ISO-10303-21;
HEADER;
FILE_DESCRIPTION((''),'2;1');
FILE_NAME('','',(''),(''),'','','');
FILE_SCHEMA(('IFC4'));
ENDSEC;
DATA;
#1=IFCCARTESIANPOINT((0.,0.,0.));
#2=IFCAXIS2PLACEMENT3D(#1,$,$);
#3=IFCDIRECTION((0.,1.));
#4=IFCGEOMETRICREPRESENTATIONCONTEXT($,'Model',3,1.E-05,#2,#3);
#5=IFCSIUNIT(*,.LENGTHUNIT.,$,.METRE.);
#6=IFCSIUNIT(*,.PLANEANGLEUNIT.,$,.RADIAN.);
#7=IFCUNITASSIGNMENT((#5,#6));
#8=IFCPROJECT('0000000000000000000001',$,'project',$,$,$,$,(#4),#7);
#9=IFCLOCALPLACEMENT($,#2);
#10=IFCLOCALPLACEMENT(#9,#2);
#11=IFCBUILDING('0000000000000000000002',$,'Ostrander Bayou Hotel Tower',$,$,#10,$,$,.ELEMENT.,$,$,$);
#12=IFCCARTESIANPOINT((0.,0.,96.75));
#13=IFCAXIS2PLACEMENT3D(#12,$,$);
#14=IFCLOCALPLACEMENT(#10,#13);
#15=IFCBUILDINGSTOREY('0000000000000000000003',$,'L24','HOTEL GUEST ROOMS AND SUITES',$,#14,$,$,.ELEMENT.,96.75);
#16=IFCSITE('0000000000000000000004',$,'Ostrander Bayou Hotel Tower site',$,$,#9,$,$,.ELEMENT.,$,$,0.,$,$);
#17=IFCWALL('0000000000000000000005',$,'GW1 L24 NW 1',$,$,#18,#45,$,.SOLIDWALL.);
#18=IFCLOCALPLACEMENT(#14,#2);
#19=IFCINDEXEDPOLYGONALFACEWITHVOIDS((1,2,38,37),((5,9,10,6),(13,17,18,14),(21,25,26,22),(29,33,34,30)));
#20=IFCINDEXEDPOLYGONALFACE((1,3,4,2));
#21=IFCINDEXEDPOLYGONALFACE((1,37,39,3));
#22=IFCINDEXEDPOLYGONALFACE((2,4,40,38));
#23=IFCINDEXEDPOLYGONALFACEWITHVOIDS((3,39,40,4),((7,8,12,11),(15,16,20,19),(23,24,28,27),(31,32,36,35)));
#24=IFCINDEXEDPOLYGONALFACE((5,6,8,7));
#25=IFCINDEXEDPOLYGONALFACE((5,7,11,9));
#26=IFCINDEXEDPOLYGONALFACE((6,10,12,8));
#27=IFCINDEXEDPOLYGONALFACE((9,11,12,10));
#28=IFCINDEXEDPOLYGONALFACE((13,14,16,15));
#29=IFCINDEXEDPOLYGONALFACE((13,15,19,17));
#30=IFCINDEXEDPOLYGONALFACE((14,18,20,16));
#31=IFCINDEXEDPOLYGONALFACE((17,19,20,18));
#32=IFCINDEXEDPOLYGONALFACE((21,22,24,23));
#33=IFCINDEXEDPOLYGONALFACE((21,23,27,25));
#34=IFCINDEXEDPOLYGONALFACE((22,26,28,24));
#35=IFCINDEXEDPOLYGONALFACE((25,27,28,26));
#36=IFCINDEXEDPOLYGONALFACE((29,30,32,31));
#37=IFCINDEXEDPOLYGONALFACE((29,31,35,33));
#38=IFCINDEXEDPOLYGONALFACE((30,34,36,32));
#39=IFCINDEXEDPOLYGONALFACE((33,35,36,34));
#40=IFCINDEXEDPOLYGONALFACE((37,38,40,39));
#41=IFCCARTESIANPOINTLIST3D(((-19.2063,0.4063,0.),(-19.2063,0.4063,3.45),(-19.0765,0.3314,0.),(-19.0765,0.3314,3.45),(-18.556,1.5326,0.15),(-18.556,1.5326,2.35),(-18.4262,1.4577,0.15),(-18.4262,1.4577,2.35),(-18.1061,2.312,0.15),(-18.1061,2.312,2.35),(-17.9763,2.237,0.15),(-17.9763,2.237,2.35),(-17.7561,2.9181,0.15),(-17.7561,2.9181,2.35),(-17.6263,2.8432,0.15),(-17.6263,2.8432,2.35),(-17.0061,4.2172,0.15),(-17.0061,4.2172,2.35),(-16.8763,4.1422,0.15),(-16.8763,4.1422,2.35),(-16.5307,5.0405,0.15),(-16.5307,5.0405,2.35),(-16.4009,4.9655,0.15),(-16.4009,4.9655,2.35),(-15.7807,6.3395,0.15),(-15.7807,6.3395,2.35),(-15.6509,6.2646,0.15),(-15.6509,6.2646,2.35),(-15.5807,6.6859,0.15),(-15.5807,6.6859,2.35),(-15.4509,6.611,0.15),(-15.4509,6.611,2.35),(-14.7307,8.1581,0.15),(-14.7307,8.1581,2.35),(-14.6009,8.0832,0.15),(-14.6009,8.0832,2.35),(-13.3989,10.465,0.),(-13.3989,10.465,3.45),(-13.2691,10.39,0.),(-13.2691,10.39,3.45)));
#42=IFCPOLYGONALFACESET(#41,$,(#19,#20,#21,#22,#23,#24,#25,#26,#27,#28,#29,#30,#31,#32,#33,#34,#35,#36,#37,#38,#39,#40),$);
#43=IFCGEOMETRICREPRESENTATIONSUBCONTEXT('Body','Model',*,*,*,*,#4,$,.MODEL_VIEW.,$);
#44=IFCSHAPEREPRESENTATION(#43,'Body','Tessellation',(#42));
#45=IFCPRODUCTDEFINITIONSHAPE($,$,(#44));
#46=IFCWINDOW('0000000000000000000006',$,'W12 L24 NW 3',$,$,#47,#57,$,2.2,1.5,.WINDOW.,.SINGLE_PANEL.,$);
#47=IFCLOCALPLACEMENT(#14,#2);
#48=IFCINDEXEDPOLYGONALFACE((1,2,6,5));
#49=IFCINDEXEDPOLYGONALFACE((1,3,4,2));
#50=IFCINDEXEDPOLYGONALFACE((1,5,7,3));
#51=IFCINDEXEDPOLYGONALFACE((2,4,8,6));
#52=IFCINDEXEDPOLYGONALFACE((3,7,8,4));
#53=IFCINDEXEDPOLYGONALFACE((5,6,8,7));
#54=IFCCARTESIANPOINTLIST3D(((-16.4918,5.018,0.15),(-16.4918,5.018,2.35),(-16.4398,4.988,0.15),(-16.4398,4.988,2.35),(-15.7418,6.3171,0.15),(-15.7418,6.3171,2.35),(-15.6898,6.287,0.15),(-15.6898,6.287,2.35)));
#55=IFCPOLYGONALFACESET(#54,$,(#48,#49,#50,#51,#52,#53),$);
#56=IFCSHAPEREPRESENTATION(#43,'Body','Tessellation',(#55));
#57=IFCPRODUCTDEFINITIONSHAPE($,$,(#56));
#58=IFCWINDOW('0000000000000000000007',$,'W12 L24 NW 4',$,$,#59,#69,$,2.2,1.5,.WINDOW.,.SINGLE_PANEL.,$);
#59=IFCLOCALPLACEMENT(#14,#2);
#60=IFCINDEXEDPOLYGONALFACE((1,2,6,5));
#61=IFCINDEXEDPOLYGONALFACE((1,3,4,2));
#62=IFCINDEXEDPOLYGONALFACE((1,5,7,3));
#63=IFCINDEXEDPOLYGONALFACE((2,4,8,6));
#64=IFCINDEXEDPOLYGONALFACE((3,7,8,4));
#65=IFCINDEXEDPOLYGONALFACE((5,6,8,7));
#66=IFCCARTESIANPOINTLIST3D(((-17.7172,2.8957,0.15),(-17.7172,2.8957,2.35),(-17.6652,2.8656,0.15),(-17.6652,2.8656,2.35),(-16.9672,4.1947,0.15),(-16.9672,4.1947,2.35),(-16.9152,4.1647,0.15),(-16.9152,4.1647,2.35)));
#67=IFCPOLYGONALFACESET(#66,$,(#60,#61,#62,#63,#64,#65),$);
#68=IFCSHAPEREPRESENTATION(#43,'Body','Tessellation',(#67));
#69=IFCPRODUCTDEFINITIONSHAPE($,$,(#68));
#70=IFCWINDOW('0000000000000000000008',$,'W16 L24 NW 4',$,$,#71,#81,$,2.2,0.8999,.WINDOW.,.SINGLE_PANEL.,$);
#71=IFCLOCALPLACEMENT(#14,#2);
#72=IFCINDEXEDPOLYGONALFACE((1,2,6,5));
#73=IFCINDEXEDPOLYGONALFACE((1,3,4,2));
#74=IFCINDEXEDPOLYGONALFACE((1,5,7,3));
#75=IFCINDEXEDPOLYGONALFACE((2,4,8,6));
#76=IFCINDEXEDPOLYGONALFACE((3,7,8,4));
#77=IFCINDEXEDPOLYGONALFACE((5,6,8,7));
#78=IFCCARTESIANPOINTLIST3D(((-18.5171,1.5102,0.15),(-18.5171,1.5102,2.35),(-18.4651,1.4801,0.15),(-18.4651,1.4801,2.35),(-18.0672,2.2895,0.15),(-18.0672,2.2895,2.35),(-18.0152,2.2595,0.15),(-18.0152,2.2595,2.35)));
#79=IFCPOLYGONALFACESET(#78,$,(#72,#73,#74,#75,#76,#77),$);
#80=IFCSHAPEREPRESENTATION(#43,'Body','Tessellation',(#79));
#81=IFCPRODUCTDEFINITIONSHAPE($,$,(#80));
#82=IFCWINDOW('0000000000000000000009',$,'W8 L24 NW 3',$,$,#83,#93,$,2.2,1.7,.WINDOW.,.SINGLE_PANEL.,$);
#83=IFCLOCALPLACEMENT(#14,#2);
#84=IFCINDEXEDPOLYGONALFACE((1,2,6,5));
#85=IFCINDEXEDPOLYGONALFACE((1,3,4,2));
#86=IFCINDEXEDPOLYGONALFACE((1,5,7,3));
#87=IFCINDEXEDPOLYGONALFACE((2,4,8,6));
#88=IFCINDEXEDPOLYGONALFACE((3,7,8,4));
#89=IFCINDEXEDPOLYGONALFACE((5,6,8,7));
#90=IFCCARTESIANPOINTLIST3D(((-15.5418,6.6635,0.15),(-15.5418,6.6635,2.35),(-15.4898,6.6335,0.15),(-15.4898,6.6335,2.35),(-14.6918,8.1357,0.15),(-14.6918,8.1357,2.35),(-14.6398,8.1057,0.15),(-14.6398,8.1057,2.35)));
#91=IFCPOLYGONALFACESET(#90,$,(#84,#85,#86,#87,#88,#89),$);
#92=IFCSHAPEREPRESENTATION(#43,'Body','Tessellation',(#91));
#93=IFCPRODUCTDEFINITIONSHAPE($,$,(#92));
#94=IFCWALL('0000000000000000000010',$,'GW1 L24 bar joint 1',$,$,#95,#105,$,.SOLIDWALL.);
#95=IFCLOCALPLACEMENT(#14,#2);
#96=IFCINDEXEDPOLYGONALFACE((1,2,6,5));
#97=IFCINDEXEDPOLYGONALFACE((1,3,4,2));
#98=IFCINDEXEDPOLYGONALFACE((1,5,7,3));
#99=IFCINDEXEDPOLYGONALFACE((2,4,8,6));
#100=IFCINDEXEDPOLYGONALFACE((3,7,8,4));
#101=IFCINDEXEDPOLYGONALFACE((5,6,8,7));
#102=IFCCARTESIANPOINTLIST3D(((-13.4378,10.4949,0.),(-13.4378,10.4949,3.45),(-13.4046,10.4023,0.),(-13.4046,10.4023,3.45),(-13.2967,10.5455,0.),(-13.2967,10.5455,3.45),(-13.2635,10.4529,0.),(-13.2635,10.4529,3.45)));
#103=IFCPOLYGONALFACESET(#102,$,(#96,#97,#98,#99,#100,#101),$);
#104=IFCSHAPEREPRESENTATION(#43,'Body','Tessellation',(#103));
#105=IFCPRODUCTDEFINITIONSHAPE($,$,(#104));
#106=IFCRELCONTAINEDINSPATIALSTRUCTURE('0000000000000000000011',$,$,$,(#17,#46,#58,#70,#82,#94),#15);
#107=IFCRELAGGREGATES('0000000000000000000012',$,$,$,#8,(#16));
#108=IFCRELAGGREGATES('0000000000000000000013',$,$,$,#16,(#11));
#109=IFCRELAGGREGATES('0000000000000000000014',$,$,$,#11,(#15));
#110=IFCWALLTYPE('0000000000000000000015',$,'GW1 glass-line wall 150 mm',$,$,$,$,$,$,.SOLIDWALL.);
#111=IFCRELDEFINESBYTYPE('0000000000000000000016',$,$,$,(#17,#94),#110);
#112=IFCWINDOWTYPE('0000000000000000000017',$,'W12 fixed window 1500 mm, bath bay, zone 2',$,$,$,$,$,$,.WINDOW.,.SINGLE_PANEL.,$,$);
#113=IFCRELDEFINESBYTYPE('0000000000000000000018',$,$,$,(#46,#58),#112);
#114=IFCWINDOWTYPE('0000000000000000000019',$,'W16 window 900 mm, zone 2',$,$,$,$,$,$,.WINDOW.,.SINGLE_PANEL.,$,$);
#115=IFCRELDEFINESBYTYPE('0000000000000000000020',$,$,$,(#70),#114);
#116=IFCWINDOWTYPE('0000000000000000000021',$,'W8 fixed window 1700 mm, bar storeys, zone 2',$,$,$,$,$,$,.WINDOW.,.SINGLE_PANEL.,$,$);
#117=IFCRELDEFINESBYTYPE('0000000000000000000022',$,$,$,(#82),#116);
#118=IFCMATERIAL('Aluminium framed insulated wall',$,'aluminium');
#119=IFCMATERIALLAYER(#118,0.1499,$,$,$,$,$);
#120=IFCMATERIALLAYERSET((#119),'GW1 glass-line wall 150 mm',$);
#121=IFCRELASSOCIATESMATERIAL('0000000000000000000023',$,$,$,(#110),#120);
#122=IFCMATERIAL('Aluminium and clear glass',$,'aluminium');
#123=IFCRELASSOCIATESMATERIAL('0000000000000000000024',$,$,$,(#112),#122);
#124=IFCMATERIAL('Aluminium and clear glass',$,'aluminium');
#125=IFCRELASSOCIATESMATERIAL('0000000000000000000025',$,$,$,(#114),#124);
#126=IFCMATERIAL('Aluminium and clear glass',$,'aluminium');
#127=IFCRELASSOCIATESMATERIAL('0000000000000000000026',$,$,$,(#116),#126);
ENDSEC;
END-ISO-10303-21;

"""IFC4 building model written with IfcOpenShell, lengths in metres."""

from ifc_helpers import new_model, si_unit, direction, frame, frame_2d, origin, place, context, subcontext, project, spatial, rectangle, extrude, material, layer, layer_set, type_object, element, fill, save


model = new_model("IFC4")

# Units and contexts
model_context = context("Model", 3, precision=1e-05, world=origin(), true_north=direction((0.0, 1.0)))
body_context = subcontext(model_context, "Body", "Model", "MODEL_VIEW")
ifc_project = project(units=[si_unit("LENGTHUNIT", "METRE"), si_unit("PLANEANGLEUNIT", "RADIAN")], contexts=[model_context])

# Site, building, storey
site_placement = place(None, origin())
site = spatial("IfcSite", under=ifc_project, at=site_placement, Name="Ostrander Bayou Hotel Tower site", CompositionType="ELEMENT", RefElevation=0.0)
building_placement = place(site_placement, origin())
building = spatial("IfcBuilding", under=site, at=building_placement, Name="Ostrander Bayou Hotel Tower", CompositionType="ELEMENT")
storey_placement = place(building_placement, frame((0.0, 0.0, 96.75)))
storey = spatial("IfcBuildingStorey", under=building, at=storey_placement, Name="L24", Description="HOTEL GUEST ROOMS AND SUITES", CompositionType="ELEMENT", Elevation=96.75)

# Wall, openings, windows
ifc_material_1 = material(Name="Aluminium framed insulated wall", Category="aluminium")
ifc_layer_1 = layer(ifc_material_1, 0.1499)
ifc_layer_set_1 = layer_set([ifc_layer_1], Name="GW1 glass-line wall 150 mm")
wall_type_1 = type_object("IfcWallType", Name="GW1 glass-line wall 150 mm", PredefinedType="SOLIDWALL", material=ifc_layer_set_1)
wall_1_placement = place(storey_placement, frame((-13.334, 10.4275, 0.0), z_axis=(0.0, 0.0, 1.0), x_axis=(-0.500003, -0.866024, 0.0)))
wall_1 = element("IfcWall", 1, at=wall_1_placement, inside=storey, type_object=wall_type_1, Name="GW1 L24 NW 1", PredefinedType="SOLIDWALL", context=body_context, shape_type="SweptSolid", body=[
    extrude(rectangle(XDim=11.6147, YDim=0.1499, at=frame_2d((5.8074, 0.0))), origin(), (0.0, 0.0, 1.0), 3.45),
])
opening_1_placement = place(wall_1_placement, frame((2.6636, 0.0, 0.1499)))
opening_1 = element("IfcOpeningElement", 2, at=opening_1_placement, cuts=wall_1, PredefinedType="OPENING", context=body_context, shape_type="SweptSolid", body=[
    extrude(rectangle(XDim=1.7, YDim=2.2, at=frame_2d((0.8501, 1.1001))), frame((0.0, 0.075, 0.0), z_axis=(0.0, -1.0, 0.0), x_axis=(1.0, 0.0, 0.0)), (0.0, 0.0, 1.0), 0.1499),
])
opening_2_placement = place(wall_1_placement, frame((4.7637, 0.0, 0.1499)))
opening_2 = element("IfcOpeningElement", 3, at=opening_2_placement, cuts=wall_1, PredefinedType="OPENING", context=body_context, shape_type="SweptSolid", body=[
    extrude(rectangle(XDim=1.5, YDim=2.2, at=frame_2d((0.75, 1.1001))), frame((0.0, 0.075, 0.0), z_axis=(0.0, -1.0, 0.0), x_axis=(1.0, 0.0, 0.0)), (0.0, 0.0, 1.0), 0.1499),
])
opening_3_placement = place(wall_1_placement, frame((9.4143, 0.0, 0.1499)))
opening_3 = element("IfcOpeningElement", 4, at=opening_3_placement, cuts=wall_1, PredefinedType="OPENING", context=body_context, shape_type="SweptSolid", body=[
    extrude(rectangle(XDim=0.8999, YDim=2.2, at=frame_2d((0.45, 1.1001))), frame((0.0, 0.075, 0.0), z_axis=(0.0, -1.0, 0.0), x_axis=(1.0, 0.0, 0.0)), (0.0, 0.0, 1.0), 0.1499),
])
opening_4_placement = place(wall_1_placement, frame((7.2144, 0.0, 0.1499)))
opening_4 = element("IfcOpeningElement", 5, at=opening_4_placement, cuts=wall_1, PredefinedType="OPENING", context=body_context, shape_type="SweptSolid", body=[
    extrude(rectangle(XDim=1.5, YDim=2.2, at=frame_2d((0.75, 1.1001))), frame((0.0, 0.075, 0.0), z_axis=(0.0, -1.0, 0.0), x_axis=(1.0, 0.0, 0.0)), (0.0, 0.0, 1.0), 0.1499),
])
ifc_material_2 = material(Name="Aluminium and clear glass", Category="aluminium")
window_type_1 = type_object("IfcWindowType", Name="W12 fixed window 1500 mm, bath bay, zone 2", PartitioningType="SINGLE_PANEL", PredefinedType="WINDOW", material=ifc_material_2)
window_1_placement = place(opening_2_placement, origin())
window_1 = element("IfcWindow", 6, at=window_1_placement, inside=storey, type_object=window_type_1, Name="W12 L24 NW 3", OverallHeight=2.2, OverallWidth=1.5, PartitioningType="SINGLE_PANEL", PredefinedType="WINDOW", context=body_context, shape_type="SweptSolid", body=[
    extrude(rectangle(XDim=1.5, YDim=2.2, at=frame_2d((0.75, 1.1001))), frame((0.0, 0.03, 0.0), z_axis=(0.0, -1.0, 0.0), x_axis=(1.0, 0.0, 0.0)), (0.0, 0.0, 1.0), 0.0601),
])
fill(opening_2, window_1)
window_2_placement = place(opening_4_placement, origin())
window_2 = element("IfcWindow", 7, at=window_2_placement, inside=storey, type_object=window_type_1, Name="W12 L24 NW 4", OverallHeight=2.2, OverallWidth=1.5, PartitioningType="SINGLE_PANEL", PredefinedType="WINDOW", context=body_context, shape_type="SweptSolid", body=[
    extrude(rectangle(XDim=1.5, YDim=2.2, at=frame_2d((0.75, 1.1001))), frame((0.0, 0.03, 0.0), z_axis=(0.0, -1.0, 0.0), x_axis=(1.0, 0.0, 0.0)), (0.0, 0.0, 1.0), 0.0601),
])
fill(opening_4, window_2)
ifc_material_3 = material(Name="Aluminium and clear glass", Category="aluminium")
window_type_2 = type_object("IfcWindowType", Name="W16 window 900 mm, zone 2", PartitioningType="SINGLE_PANEL", PredefinedType="WINDOW", material=ifc_material_3)
window_3_placement = place(opening_3_placement, origin())
window_3 = element("IfcWindow", 8, at=window_3_placement, inside=storey, type_object=window_type_2, Name="W16 L24 NW 4", OverallHeight=2.2, OverallWidth=0.8999, PartitioningType="SINGLE_PANEL", PredefinedType="WINDOW", context=body_context, shape_type="SweptSolid", body=[
    extrude(rectangle(XDim=0.8999, YDim=2.2, at=frame_2d((0.45, 1.1001))), frame((0.0, 0.03, 0.0), z_axis=(0.0, -1.0, 0.0), x_axis=(1.0, 0.0, 0.0)), (0.0, 0.0, 1.0), 0.0601),
])
fill(opening_3, window_3)
ifc_material_4 = material(Name="Aluminium and clear glass", Category="aluminium")
window_type_3 = type_object("IfcWindowType", Name="W8 fixed window 1700 mm, bar storeys, zone 2", PartitioningType="SINGLE_PANEL", PredefinedType="WINDOW", material=ifc_material_4)
window_4_placement = place(opening_1_placement, origin())
window_4 = element("IfcWindow", 9, at=window_4_placement, inside=storey, type_object=window_type_3, Name="W8 L24 NW 3", OverallHeight=2.2, OverallWidth=1.7, PartitioningType="SINGLE_PANEL", PredefinedType="WINDOW", context=body_context, shape_type="SweptSolid", body=[
    extrude(rectangle(XDim=1.7, YDim=2.2, at=frame_2d((0.8501, 1.1001))), frame((0.0, 0.03, 0.0), z_axis=(0.0, -1.0, 0.0), x_axis=(1.0, 0.0, 0.0)), (0.0, 0.0, 1.0), 0.0601),
])
fill(opening_1, window_4)

# Wall
wall_2_placement = place(storey_placement, frame((-13.334, 10.4275, 0.0), z_axis=(0.0, 0.0, 1.0), x_axis=(-0.337752, 0.941235, 0.0)))
element("IfcWall", 10, at=wall_2_placement, inside=storey, type_object=wall_type_1, Name="GW1 L24 bar joint 1", PredefinedType="SOLIDWALL", context=body_context, shape_type="SweptSolid", body=[
    extrude(rectangle(XDim=0.0984, YDim=0.1499, at=frame_2d((0.0493, 0.0))), origin(), (0.0, 0.0, 1.0), 3.45),
])

save(model, "model.ifc")
